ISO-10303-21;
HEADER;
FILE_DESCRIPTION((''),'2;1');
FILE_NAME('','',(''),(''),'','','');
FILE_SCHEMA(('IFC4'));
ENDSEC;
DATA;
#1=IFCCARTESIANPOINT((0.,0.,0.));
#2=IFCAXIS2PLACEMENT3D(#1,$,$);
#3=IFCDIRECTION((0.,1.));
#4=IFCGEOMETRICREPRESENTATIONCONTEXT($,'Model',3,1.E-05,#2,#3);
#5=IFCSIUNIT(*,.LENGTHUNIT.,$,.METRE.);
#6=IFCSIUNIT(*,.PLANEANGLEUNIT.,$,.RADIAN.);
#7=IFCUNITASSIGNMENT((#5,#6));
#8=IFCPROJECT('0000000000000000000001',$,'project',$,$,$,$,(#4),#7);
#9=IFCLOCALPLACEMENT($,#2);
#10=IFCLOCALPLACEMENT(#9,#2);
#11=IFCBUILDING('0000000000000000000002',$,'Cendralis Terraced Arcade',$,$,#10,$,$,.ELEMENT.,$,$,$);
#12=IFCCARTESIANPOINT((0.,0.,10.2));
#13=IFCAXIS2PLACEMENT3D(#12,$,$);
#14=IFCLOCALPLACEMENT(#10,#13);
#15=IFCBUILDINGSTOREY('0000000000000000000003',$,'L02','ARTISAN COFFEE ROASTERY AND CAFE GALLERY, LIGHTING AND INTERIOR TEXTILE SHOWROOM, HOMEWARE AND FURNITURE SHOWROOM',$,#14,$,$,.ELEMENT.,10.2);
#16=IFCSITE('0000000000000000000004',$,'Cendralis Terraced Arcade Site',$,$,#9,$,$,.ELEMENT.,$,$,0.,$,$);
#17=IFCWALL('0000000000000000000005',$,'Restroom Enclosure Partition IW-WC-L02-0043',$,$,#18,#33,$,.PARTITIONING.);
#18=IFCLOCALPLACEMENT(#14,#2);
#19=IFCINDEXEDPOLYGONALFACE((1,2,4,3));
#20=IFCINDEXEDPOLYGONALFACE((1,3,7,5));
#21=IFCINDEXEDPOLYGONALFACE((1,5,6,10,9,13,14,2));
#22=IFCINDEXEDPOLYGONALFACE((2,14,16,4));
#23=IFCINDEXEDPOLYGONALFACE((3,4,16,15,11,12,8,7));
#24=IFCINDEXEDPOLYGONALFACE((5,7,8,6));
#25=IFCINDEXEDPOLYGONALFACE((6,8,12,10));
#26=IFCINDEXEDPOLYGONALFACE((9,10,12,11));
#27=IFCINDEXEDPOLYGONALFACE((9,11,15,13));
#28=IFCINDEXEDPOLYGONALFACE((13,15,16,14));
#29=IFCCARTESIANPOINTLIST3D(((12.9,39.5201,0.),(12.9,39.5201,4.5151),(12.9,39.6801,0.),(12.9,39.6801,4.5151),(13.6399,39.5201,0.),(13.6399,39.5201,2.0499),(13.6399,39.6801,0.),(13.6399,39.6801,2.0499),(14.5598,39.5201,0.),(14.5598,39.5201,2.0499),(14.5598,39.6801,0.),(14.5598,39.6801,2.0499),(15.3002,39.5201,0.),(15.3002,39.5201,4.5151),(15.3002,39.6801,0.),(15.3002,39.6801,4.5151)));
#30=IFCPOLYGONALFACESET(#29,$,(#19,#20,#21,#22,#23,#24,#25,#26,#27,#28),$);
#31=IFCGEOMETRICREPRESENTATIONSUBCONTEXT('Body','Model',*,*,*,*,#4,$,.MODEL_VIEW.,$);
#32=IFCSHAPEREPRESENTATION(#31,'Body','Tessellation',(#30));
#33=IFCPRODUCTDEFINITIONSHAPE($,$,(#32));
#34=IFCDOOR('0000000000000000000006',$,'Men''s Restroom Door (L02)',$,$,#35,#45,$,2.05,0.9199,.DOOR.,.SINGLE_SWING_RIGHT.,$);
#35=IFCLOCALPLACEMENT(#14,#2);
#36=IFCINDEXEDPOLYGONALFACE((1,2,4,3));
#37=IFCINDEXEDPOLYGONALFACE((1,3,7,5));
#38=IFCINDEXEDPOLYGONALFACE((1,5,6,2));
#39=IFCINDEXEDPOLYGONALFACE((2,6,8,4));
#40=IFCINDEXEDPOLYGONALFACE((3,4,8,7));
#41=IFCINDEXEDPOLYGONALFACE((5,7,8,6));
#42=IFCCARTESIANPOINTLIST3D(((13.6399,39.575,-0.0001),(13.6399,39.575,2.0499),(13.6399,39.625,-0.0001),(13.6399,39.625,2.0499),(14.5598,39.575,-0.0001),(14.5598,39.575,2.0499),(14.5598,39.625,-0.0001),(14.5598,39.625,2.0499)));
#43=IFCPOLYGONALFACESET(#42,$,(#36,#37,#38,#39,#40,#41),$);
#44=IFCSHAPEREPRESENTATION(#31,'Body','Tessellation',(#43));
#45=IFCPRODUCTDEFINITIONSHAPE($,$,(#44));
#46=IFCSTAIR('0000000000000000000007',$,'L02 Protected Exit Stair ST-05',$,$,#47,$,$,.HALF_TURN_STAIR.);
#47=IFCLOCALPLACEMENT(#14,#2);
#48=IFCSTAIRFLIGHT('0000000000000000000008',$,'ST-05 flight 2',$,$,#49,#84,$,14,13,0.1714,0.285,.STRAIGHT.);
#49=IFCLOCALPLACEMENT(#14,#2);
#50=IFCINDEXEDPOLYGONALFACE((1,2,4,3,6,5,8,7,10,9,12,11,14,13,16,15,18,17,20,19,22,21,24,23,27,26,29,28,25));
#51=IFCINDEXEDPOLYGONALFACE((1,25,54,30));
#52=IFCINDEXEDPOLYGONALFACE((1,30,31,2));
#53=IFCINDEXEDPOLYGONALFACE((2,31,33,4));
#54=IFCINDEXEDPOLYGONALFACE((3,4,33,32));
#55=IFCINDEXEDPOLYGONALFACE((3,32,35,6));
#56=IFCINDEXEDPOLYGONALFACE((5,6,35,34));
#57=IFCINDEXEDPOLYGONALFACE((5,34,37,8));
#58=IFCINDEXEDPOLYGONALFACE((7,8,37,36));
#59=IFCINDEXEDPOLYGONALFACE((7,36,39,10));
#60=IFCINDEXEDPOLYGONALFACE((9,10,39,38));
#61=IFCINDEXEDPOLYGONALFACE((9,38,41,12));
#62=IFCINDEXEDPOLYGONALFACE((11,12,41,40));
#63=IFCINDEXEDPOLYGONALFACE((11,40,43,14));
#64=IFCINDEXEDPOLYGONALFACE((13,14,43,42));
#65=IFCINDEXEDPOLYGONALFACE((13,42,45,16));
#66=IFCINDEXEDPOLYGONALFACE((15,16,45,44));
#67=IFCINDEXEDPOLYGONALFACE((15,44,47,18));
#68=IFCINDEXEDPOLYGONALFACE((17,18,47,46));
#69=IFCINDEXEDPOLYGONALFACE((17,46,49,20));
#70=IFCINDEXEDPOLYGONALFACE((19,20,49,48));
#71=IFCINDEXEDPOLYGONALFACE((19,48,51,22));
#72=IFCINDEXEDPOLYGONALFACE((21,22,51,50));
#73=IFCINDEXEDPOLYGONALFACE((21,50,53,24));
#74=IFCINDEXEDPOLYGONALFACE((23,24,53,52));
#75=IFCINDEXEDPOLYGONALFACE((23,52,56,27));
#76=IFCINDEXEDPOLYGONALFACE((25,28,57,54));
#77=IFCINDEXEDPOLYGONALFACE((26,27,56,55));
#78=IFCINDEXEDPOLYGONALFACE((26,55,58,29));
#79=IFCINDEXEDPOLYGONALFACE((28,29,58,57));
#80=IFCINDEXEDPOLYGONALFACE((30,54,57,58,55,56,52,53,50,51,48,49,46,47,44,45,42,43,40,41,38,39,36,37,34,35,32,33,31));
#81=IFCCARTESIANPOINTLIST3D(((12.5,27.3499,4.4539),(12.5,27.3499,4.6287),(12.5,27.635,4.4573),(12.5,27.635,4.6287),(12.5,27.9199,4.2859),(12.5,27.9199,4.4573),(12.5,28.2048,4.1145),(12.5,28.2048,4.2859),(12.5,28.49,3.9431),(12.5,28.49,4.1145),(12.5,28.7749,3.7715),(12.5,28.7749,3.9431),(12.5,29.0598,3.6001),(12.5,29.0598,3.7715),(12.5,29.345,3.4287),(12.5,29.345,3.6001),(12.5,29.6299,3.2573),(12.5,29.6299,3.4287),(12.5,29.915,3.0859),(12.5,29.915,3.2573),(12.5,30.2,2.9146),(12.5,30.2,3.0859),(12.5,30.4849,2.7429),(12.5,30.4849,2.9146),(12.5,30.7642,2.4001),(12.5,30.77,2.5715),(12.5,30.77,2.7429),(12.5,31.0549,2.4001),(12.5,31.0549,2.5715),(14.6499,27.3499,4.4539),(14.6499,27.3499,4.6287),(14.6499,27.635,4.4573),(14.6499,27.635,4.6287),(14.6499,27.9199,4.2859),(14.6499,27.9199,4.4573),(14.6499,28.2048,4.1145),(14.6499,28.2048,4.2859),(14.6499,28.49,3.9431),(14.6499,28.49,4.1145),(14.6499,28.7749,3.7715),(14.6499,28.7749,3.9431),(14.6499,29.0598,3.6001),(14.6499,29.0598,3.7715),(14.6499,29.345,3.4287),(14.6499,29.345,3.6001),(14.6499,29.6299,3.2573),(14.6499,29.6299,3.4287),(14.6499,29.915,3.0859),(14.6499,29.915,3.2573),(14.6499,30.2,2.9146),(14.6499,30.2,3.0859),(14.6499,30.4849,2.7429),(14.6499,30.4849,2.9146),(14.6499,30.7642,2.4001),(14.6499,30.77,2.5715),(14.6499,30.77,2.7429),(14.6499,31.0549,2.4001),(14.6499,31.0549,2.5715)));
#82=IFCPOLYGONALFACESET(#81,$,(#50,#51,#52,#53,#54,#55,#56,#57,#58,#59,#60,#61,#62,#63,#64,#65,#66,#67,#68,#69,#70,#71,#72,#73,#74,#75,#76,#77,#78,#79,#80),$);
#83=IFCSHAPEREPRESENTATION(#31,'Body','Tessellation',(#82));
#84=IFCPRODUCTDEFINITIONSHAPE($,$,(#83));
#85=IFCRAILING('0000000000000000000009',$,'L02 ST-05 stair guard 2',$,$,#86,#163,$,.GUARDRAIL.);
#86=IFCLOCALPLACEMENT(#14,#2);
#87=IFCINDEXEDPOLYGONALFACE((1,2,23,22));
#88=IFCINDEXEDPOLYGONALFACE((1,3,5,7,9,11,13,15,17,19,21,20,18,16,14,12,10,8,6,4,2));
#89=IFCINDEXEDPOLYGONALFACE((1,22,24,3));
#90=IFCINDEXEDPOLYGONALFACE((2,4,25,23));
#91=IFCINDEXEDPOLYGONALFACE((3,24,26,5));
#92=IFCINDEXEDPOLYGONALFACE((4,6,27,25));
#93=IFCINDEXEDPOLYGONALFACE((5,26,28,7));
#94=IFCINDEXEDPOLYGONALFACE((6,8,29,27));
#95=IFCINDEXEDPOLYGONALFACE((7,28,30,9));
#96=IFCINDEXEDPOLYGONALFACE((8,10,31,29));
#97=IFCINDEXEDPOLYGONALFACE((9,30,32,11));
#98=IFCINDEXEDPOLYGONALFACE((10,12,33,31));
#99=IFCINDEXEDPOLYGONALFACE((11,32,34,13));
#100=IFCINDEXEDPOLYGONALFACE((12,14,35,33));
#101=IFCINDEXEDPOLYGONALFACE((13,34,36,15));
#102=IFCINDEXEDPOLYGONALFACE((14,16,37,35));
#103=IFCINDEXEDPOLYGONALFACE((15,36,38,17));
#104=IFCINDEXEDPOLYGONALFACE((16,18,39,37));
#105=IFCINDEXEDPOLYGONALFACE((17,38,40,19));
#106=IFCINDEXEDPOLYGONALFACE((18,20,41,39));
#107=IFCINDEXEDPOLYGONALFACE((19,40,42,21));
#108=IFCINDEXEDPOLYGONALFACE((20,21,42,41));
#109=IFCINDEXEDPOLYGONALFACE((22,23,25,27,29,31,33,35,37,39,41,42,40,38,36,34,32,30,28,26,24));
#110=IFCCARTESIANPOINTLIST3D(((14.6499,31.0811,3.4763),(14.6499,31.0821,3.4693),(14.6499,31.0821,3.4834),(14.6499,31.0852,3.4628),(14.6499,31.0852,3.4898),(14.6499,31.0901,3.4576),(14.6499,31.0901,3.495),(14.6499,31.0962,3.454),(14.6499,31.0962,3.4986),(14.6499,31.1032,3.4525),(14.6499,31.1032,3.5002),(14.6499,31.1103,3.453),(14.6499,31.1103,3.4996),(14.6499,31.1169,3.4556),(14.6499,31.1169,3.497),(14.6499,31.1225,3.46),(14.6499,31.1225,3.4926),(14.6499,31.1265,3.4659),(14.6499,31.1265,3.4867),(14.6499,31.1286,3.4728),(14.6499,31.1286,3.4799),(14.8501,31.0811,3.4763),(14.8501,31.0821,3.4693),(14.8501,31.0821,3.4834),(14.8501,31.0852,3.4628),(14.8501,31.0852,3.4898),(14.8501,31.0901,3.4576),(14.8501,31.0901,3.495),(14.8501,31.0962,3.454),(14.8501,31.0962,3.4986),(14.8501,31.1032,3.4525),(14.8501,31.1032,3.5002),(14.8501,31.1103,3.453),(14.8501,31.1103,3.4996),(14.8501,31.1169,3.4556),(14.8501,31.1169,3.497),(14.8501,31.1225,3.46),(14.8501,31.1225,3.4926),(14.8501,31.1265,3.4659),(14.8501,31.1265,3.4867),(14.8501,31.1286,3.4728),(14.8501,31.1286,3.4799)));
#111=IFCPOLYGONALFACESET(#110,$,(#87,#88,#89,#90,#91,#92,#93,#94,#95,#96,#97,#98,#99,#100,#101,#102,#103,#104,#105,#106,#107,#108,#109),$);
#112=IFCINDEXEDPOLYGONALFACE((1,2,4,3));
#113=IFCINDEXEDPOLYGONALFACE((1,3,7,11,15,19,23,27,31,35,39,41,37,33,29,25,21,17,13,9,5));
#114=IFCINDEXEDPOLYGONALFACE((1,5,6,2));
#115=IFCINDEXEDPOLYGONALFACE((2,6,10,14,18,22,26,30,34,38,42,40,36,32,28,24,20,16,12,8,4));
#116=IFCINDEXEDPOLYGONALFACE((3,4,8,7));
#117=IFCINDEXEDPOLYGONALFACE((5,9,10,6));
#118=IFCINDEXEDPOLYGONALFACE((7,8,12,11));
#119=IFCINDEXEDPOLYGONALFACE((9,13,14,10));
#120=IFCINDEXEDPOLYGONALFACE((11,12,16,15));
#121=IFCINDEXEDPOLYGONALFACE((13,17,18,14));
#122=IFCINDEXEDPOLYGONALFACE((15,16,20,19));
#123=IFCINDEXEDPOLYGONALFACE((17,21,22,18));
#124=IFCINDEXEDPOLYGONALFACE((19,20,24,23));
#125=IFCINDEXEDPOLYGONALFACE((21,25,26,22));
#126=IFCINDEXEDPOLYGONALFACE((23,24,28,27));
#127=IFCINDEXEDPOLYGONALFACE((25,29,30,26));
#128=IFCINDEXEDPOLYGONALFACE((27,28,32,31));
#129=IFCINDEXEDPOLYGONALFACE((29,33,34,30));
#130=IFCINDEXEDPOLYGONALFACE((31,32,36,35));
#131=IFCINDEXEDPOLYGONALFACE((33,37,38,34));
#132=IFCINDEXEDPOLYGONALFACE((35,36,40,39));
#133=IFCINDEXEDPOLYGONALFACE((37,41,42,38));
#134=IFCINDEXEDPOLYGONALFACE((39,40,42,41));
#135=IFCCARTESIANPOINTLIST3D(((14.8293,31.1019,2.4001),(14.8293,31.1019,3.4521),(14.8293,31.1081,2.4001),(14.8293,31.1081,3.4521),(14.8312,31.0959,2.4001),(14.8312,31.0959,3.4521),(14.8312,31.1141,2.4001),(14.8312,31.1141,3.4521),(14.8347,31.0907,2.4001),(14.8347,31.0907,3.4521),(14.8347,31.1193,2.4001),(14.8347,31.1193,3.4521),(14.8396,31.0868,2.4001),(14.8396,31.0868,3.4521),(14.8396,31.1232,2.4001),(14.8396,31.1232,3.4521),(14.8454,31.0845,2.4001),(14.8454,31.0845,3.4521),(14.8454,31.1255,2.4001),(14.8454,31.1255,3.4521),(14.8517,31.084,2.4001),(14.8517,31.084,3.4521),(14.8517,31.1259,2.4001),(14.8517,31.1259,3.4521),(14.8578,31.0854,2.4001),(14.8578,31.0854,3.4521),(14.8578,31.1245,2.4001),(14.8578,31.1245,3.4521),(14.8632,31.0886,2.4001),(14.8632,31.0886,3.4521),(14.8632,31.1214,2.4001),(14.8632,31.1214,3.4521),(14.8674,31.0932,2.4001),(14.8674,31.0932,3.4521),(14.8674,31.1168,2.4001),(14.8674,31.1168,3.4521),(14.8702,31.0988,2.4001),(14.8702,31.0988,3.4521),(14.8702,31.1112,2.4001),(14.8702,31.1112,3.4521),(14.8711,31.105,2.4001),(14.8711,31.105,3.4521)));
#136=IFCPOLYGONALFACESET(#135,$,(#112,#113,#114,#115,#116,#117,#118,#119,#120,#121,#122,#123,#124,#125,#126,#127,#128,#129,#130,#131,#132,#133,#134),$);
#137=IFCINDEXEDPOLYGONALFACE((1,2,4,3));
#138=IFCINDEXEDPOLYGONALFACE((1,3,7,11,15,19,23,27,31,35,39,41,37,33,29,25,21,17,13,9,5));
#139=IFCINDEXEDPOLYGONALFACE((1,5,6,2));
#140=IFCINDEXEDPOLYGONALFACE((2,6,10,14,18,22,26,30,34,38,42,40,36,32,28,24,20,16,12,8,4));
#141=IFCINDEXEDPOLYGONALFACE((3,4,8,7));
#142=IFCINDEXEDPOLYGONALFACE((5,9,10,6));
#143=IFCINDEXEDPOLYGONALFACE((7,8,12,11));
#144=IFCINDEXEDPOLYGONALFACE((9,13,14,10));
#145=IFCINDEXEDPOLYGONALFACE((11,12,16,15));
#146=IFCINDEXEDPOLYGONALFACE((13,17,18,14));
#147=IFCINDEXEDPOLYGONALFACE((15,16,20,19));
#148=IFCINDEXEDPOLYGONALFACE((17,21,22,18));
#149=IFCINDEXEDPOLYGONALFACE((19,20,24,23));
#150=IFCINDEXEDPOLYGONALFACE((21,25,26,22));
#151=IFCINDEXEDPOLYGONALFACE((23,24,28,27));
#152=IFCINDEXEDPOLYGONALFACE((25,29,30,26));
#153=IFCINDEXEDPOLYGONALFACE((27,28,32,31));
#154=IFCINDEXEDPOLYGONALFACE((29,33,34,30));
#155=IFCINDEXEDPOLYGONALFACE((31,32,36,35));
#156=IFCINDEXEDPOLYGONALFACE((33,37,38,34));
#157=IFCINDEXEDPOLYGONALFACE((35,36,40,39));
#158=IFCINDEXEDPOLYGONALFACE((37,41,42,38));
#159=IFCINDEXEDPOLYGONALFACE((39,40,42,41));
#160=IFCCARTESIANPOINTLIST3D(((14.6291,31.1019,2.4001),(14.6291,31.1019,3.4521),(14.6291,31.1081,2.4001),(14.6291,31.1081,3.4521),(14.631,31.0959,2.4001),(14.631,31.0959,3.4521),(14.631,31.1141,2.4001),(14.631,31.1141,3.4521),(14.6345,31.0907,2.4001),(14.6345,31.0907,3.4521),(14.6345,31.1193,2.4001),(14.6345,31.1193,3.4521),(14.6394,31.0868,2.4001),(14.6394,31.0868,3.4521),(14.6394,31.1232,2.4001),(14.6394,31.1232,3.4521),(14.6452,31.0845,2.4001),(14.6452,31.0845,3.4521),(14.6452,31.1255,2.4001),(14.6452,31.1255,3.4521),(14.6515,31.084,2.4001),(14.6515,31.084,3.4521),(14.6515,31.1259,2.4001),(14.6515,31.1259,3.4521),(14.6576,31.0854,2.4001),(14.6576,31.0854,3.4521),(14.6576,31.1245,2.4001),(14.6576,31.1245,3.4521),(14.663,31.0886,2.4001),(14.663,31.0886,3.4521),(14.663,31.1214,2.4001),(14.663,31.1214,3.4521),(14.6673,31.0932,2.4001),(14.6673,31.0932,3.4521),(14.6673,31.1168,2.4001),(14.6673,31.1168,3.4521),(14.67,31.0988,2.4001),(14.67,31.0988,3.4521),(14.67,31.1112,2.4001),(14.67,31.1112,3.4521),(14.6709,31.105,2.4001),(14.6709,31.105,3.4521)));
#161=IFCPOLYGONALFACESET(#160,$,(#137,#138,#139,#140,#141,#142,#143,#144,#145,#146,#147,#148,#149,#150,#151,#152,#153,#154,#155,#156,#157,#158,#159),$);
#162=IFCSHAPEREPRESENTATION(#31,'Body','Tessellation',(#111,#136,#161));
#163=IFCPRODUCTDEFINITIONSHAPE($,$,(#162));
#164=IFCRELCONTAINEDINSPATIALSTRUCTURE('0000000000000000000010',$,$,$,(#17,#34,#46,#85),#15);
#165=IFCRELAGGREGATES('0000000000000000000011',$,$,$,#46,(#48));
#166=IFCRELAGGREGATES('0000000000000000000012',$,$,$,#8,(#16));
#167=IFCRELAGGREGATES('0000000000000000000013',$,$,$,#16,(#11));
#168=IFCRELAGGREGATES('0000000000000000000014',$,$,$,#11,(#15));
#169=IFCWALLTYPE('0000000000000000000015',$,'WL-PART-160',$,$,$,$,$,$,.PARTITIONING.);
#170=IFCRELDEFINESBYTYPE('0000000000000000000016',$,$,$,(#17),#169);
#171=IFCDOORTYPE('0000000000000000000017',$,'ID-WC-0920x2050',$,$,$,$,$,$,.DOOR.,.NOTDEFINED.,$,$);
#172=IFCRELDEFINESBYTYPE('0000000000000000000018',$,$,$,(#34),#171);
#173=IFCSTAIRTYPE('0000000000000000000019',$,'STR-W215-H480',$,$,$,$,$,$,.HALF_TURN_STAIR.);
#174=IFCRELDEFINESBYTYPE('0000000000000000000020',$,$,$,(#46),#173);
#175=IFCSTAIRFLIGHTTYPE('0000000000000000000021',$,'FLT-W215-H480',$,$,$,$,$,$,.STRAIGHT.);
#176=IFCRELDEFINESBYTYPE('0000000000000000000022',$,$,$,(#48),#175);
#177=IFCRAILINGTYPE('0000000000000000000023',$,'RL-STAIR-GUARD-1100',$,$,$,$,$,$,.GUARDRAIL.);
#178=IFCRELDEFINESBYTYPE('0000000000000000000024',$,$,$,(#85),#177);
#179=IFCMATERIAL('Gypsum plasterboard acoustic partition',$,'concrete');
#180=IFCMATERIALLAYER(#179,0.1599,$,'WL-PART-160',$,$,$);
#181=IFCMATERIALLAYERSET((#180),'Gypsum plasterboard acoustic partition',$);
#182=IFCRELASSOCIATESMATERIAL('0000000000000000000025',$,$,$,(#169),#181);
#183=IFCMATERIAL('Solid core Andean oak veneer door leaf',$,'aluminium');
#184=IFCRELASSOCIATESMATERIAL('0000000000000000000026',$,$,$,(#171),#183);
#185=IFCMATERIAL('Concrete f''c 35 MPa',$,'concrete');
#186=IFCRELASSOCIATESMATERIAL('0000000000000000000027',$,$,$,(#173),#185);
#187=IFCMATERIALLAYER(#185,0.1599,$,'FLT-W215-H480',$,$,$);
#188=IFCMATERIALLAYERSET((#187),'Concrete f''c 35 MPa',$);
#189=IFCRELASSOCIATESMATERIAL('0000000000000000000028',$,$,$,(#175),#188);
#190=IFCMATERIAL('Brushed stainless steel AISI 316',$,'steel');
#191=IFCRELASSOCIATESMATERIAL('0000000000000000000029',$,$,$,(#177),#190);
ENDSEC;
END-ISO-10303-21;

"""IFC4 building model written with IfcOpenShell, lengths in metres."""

from ifc_helpers import new_model, si_unit, direction, frame, frame_2d, origin, origin_2d, place, context, subcontext, project, spatial, polyline, rectangle, circle, outline, extrude, material, layer, layer_set, type_object, element, fill, aggregate, save


model = new_model("IFC4")

# Units and contexts
model_context = context("Model", 3, precision=1e-05, world=origin(), true_north=direction((0.0, 1.0)))
body_context = subcontext(model_context, "Body", "Model", "MODEL_VIEW")
ifc_project = project(units=[si_unit("LENGTHUNIT", "METRE"), si_unit("PLANEANGLEUNIT", "RADIAN")], contexts=[model_context])

# Site, building, storey
site_placement = place(None, origin())
site = spatial("IfcSite", under=ifc_project, at=site_placement, Name="Cendralis Terraced Arcade Site", CompositionType="ELEMENT", RefElevation=0.0)
building_placement = place(site_placement, origin())
building = spatial("IfcBuilding", under=site, at=building_placement, Name="Cendralis Terraced Arcade", CompositionType="ELEMENT")
storey_placement = place(building_placement, frame((0.0, 0.0, 10.2)))
storey = spatial("IfcBuildingStorey", under=building, at=storey_placement, Name="L02", Description="ARTISAN COFFEE ROASTERY AND CAFE GALLERY, LIGHTING AND INTERIOR TEXTILE SHOWROOM, HOMEWARE AND FURNITURE SHOWROOM", CompositionType="ELEMENT", Elevation=10.2)

# Shared definitions
ifc_material_1 = material(Name="Concrete f'c 35 MPa", Category="concrete")

# Shared definitions
ifc_material_2 = material(Name="Gypsum plasterboard acoustic partition", Category="concrete")

# Shared definitions
ifc_material_3 = material(Name="Solid core Andean oak veneer door leaf", Category="aluminium")

# Shared definitions
ifc_layer_1 = layer(ifc_material_2, 0.1599, Name="WL-PART-160")
ifc_layer_set_1 = layer_set([ifc_layer_1], Name="Gypsum plasterboard acoustic partition")
wall_type_1 = type_object("IfcWallType", Name="WL-PART-160", PredefinedType="PARTITIONING", material=ifc_layer_set_1)

# Wall, opening, door
wall_1_placement = place(storey_placement, frame((12.8999, 39.6001, 0.0), z_axis=(0.0, 0.0, 1.0), x_axis=(1.0, 0.0, 0.0)))
wall_1 = element("IfcWall", 1, at=wall_1_placement, inside=storey, type_object=wall_type_1, Name="Restroom Enclosure Partition IW-WC-L02-0043", PredefinedType="PARTITIONING", context=body_context, shape_type="SweptSolid", body=[
    extrude(rectangle(XDim=2.4001, YDim=0.1599, at=frame_2d((1.2002, 0.0))), origin(), (0.0, 0.0, 1.0), 4.5151),
])
opening_1_placement = place(wall_1_placement, frame((0.74, 0.0, 0.0)))
opening_1 = element("IfcOpeningElement", 2, at=opening_1_placement, cuts=wall_1, PredefinedType="OPENING", context=body_context, shape_type="SweptSolid", body=[
    extrude(rectangle(XDim=0.9199, YDim=2.05, at=frame_2d((0.46, 1.0249))), frame((0.0, 0.0918, 0.0), z_axis=(0.0, -1.0, 0.0), x_axis=(1.0, 0.0, 0.0)), (0.0, 0.0, 1.0), 0.1838),
])
door_type_1 = type_object("IfcDoorType", Name="ID-WC-0920x2050", OperationType="NOTDEFINED", PredefinedType="DOOR", material=ifc_material_3)
door_1_placement = place(opening_1_placement, origin())
door_1 = element("IfcDoor", 3, at=door_1_placement, inside=storey, type_object=door_type_1, Name="Men's Restroom Door (L02)", OperationType="SINGLE_SWING_RIGHT", OverallHeight=2.05, OverallWidth=0.9199, PredefinedType="DOOR", context=body_context, shape_type="SweptSolid", body=[
    extrude(rectangle(XDim=0.9199, YDim=2.05, at=frame_2d((0.46, 1.0249))), frame((0.0, 0.0249, 0.0), z_axis=(0.0, -1.0, 0.0), x_axis=(1.0, 0.0, 0.0)), (0.0, 0.0, 1.0), 0.05),
])
fill(opening_1, door_1)

# Stair, stair flight
stair_type = type_object("IfcStairType", Name="STR-W215-H480", PredefinedType="HALF_TURN_STAIR", material=ifc_material_1)
stair_placement = place(storey_placement, origin())
stair = element("IfcStair", 4, at=stair_placement, inside=storey, type_object=stair_type, Name="L02 Protected Exit Stair ST-05", PredefinedType="HALF_TURN_STAIR")
ifc_layer_2 = layer(ifc_material_1, 0.1599, Name="FLT-W215-H480")
ifc_layer_set_2 = layer_set([ifc_layer_2], Name="Concrete f'c 35 MPa")
stair_flight_type = type_object("IfcStairFlightType", Name="FLT-W215-H480", PredefinedType="STRAIGHT", material=ifc_layer_set_2)
stair_flight_placement = place(storey_placement, frame((13.575, 31.0549, 2.4001), z_axis=(0.0, 0.0, 1.0), x_axis=(0.0, -1.0, 0.0)))
stair_flight = element("IfcStairFlight", 5, at=stair_flight_placement, type_object=stair_flight_type, Name="ST-05 flight 2", NumberOfRisers=14, NumberOfTreads=13, PredefinedType="STRAIGHT", RiserHeight=0.1714, TreadLength=0.285, context=body_context, shape_type="SweptSolid", body=[
    extrude(outline(polyline([(0.0, 0.0), (0.0, 0.1714), (0.2849, 0.1714), (0.2849, 0.3428), (0.5701, 0.3428), (0.5701, 0.5144), (0.855, 0.5144), (0.855, 0.6858), (1.1399, 0.6858), (1.1399, 0.8572), (1.425, 0.8572), (1.425, 1.0286), (1.71, 1.0286), (1.71, 1.2), (1.9951, 1.2), (1.9951, 1.3713), (2.28, 1.3713), (2.28, 1.543), (2.5649, 1.543), (2.5649, 1.7144), (2.8501, 1.7144), (2.8501, 1.8857), (3.135, 1.8857), (3.135, 2.0571), (3.4199, 2.0571), (3.4199, 2.2285), (3.7051, 2.2285), (3.7051, 2.3999), (3.7051, 2.0537), (0.2908, 0.0), (0.0, 0.0)])), frame((0.0, 1.075, 0.0), z_axis=(0.0, -1.0, 0.0), x_axis=(1.0, 0.0, 0.0)), (0.0, 0.0, 1.0), 2.1499),
])
aggregate(stair, [stair_flight])

# Railing
ifc_material_4 = material(Name="Brushed stainless steel AISI 316", Category="steel")
railing_type_1 = type_object("IfcRailingType", Name="RL-STAIR-GUARD-1100", PredefinedType="GUARDRAIL", material=ifc_material_4)
railing_1_placement = place(storey_placement, frame((14.8501, 31.105, 2.4001)))
element("IfcRailing", 6, at=railing_1_placement, inside=storey, type_object=railing_type_1, Name="L02 ST-05 stair guard 2", PredefinedType="GUARDRAIL", context=body_context, shape_type="SweptSolid", body=[
    extrude(circle(Radius=0.0239, at=origin_2d()), frame((0.0, 0.0, 1.0762), z_axis=(-1.0, 0.0, 0.0), x_axis=(0.0, -1.0, 0.0)), (0.0, 0.0, 1.0), 0.2002),
    extrude(circle(Radius=0.021, at=origin_2d()), origin(), (0.0, 0.0, 1.0), 1.052),
    extrude(circle(Radius=0.021, at=origin_2d()), frame((-0.2002, 0.0, 0.0)), (0.0, 0.0, 1.0), 1.052),
])

save(model, "model.ifc")
